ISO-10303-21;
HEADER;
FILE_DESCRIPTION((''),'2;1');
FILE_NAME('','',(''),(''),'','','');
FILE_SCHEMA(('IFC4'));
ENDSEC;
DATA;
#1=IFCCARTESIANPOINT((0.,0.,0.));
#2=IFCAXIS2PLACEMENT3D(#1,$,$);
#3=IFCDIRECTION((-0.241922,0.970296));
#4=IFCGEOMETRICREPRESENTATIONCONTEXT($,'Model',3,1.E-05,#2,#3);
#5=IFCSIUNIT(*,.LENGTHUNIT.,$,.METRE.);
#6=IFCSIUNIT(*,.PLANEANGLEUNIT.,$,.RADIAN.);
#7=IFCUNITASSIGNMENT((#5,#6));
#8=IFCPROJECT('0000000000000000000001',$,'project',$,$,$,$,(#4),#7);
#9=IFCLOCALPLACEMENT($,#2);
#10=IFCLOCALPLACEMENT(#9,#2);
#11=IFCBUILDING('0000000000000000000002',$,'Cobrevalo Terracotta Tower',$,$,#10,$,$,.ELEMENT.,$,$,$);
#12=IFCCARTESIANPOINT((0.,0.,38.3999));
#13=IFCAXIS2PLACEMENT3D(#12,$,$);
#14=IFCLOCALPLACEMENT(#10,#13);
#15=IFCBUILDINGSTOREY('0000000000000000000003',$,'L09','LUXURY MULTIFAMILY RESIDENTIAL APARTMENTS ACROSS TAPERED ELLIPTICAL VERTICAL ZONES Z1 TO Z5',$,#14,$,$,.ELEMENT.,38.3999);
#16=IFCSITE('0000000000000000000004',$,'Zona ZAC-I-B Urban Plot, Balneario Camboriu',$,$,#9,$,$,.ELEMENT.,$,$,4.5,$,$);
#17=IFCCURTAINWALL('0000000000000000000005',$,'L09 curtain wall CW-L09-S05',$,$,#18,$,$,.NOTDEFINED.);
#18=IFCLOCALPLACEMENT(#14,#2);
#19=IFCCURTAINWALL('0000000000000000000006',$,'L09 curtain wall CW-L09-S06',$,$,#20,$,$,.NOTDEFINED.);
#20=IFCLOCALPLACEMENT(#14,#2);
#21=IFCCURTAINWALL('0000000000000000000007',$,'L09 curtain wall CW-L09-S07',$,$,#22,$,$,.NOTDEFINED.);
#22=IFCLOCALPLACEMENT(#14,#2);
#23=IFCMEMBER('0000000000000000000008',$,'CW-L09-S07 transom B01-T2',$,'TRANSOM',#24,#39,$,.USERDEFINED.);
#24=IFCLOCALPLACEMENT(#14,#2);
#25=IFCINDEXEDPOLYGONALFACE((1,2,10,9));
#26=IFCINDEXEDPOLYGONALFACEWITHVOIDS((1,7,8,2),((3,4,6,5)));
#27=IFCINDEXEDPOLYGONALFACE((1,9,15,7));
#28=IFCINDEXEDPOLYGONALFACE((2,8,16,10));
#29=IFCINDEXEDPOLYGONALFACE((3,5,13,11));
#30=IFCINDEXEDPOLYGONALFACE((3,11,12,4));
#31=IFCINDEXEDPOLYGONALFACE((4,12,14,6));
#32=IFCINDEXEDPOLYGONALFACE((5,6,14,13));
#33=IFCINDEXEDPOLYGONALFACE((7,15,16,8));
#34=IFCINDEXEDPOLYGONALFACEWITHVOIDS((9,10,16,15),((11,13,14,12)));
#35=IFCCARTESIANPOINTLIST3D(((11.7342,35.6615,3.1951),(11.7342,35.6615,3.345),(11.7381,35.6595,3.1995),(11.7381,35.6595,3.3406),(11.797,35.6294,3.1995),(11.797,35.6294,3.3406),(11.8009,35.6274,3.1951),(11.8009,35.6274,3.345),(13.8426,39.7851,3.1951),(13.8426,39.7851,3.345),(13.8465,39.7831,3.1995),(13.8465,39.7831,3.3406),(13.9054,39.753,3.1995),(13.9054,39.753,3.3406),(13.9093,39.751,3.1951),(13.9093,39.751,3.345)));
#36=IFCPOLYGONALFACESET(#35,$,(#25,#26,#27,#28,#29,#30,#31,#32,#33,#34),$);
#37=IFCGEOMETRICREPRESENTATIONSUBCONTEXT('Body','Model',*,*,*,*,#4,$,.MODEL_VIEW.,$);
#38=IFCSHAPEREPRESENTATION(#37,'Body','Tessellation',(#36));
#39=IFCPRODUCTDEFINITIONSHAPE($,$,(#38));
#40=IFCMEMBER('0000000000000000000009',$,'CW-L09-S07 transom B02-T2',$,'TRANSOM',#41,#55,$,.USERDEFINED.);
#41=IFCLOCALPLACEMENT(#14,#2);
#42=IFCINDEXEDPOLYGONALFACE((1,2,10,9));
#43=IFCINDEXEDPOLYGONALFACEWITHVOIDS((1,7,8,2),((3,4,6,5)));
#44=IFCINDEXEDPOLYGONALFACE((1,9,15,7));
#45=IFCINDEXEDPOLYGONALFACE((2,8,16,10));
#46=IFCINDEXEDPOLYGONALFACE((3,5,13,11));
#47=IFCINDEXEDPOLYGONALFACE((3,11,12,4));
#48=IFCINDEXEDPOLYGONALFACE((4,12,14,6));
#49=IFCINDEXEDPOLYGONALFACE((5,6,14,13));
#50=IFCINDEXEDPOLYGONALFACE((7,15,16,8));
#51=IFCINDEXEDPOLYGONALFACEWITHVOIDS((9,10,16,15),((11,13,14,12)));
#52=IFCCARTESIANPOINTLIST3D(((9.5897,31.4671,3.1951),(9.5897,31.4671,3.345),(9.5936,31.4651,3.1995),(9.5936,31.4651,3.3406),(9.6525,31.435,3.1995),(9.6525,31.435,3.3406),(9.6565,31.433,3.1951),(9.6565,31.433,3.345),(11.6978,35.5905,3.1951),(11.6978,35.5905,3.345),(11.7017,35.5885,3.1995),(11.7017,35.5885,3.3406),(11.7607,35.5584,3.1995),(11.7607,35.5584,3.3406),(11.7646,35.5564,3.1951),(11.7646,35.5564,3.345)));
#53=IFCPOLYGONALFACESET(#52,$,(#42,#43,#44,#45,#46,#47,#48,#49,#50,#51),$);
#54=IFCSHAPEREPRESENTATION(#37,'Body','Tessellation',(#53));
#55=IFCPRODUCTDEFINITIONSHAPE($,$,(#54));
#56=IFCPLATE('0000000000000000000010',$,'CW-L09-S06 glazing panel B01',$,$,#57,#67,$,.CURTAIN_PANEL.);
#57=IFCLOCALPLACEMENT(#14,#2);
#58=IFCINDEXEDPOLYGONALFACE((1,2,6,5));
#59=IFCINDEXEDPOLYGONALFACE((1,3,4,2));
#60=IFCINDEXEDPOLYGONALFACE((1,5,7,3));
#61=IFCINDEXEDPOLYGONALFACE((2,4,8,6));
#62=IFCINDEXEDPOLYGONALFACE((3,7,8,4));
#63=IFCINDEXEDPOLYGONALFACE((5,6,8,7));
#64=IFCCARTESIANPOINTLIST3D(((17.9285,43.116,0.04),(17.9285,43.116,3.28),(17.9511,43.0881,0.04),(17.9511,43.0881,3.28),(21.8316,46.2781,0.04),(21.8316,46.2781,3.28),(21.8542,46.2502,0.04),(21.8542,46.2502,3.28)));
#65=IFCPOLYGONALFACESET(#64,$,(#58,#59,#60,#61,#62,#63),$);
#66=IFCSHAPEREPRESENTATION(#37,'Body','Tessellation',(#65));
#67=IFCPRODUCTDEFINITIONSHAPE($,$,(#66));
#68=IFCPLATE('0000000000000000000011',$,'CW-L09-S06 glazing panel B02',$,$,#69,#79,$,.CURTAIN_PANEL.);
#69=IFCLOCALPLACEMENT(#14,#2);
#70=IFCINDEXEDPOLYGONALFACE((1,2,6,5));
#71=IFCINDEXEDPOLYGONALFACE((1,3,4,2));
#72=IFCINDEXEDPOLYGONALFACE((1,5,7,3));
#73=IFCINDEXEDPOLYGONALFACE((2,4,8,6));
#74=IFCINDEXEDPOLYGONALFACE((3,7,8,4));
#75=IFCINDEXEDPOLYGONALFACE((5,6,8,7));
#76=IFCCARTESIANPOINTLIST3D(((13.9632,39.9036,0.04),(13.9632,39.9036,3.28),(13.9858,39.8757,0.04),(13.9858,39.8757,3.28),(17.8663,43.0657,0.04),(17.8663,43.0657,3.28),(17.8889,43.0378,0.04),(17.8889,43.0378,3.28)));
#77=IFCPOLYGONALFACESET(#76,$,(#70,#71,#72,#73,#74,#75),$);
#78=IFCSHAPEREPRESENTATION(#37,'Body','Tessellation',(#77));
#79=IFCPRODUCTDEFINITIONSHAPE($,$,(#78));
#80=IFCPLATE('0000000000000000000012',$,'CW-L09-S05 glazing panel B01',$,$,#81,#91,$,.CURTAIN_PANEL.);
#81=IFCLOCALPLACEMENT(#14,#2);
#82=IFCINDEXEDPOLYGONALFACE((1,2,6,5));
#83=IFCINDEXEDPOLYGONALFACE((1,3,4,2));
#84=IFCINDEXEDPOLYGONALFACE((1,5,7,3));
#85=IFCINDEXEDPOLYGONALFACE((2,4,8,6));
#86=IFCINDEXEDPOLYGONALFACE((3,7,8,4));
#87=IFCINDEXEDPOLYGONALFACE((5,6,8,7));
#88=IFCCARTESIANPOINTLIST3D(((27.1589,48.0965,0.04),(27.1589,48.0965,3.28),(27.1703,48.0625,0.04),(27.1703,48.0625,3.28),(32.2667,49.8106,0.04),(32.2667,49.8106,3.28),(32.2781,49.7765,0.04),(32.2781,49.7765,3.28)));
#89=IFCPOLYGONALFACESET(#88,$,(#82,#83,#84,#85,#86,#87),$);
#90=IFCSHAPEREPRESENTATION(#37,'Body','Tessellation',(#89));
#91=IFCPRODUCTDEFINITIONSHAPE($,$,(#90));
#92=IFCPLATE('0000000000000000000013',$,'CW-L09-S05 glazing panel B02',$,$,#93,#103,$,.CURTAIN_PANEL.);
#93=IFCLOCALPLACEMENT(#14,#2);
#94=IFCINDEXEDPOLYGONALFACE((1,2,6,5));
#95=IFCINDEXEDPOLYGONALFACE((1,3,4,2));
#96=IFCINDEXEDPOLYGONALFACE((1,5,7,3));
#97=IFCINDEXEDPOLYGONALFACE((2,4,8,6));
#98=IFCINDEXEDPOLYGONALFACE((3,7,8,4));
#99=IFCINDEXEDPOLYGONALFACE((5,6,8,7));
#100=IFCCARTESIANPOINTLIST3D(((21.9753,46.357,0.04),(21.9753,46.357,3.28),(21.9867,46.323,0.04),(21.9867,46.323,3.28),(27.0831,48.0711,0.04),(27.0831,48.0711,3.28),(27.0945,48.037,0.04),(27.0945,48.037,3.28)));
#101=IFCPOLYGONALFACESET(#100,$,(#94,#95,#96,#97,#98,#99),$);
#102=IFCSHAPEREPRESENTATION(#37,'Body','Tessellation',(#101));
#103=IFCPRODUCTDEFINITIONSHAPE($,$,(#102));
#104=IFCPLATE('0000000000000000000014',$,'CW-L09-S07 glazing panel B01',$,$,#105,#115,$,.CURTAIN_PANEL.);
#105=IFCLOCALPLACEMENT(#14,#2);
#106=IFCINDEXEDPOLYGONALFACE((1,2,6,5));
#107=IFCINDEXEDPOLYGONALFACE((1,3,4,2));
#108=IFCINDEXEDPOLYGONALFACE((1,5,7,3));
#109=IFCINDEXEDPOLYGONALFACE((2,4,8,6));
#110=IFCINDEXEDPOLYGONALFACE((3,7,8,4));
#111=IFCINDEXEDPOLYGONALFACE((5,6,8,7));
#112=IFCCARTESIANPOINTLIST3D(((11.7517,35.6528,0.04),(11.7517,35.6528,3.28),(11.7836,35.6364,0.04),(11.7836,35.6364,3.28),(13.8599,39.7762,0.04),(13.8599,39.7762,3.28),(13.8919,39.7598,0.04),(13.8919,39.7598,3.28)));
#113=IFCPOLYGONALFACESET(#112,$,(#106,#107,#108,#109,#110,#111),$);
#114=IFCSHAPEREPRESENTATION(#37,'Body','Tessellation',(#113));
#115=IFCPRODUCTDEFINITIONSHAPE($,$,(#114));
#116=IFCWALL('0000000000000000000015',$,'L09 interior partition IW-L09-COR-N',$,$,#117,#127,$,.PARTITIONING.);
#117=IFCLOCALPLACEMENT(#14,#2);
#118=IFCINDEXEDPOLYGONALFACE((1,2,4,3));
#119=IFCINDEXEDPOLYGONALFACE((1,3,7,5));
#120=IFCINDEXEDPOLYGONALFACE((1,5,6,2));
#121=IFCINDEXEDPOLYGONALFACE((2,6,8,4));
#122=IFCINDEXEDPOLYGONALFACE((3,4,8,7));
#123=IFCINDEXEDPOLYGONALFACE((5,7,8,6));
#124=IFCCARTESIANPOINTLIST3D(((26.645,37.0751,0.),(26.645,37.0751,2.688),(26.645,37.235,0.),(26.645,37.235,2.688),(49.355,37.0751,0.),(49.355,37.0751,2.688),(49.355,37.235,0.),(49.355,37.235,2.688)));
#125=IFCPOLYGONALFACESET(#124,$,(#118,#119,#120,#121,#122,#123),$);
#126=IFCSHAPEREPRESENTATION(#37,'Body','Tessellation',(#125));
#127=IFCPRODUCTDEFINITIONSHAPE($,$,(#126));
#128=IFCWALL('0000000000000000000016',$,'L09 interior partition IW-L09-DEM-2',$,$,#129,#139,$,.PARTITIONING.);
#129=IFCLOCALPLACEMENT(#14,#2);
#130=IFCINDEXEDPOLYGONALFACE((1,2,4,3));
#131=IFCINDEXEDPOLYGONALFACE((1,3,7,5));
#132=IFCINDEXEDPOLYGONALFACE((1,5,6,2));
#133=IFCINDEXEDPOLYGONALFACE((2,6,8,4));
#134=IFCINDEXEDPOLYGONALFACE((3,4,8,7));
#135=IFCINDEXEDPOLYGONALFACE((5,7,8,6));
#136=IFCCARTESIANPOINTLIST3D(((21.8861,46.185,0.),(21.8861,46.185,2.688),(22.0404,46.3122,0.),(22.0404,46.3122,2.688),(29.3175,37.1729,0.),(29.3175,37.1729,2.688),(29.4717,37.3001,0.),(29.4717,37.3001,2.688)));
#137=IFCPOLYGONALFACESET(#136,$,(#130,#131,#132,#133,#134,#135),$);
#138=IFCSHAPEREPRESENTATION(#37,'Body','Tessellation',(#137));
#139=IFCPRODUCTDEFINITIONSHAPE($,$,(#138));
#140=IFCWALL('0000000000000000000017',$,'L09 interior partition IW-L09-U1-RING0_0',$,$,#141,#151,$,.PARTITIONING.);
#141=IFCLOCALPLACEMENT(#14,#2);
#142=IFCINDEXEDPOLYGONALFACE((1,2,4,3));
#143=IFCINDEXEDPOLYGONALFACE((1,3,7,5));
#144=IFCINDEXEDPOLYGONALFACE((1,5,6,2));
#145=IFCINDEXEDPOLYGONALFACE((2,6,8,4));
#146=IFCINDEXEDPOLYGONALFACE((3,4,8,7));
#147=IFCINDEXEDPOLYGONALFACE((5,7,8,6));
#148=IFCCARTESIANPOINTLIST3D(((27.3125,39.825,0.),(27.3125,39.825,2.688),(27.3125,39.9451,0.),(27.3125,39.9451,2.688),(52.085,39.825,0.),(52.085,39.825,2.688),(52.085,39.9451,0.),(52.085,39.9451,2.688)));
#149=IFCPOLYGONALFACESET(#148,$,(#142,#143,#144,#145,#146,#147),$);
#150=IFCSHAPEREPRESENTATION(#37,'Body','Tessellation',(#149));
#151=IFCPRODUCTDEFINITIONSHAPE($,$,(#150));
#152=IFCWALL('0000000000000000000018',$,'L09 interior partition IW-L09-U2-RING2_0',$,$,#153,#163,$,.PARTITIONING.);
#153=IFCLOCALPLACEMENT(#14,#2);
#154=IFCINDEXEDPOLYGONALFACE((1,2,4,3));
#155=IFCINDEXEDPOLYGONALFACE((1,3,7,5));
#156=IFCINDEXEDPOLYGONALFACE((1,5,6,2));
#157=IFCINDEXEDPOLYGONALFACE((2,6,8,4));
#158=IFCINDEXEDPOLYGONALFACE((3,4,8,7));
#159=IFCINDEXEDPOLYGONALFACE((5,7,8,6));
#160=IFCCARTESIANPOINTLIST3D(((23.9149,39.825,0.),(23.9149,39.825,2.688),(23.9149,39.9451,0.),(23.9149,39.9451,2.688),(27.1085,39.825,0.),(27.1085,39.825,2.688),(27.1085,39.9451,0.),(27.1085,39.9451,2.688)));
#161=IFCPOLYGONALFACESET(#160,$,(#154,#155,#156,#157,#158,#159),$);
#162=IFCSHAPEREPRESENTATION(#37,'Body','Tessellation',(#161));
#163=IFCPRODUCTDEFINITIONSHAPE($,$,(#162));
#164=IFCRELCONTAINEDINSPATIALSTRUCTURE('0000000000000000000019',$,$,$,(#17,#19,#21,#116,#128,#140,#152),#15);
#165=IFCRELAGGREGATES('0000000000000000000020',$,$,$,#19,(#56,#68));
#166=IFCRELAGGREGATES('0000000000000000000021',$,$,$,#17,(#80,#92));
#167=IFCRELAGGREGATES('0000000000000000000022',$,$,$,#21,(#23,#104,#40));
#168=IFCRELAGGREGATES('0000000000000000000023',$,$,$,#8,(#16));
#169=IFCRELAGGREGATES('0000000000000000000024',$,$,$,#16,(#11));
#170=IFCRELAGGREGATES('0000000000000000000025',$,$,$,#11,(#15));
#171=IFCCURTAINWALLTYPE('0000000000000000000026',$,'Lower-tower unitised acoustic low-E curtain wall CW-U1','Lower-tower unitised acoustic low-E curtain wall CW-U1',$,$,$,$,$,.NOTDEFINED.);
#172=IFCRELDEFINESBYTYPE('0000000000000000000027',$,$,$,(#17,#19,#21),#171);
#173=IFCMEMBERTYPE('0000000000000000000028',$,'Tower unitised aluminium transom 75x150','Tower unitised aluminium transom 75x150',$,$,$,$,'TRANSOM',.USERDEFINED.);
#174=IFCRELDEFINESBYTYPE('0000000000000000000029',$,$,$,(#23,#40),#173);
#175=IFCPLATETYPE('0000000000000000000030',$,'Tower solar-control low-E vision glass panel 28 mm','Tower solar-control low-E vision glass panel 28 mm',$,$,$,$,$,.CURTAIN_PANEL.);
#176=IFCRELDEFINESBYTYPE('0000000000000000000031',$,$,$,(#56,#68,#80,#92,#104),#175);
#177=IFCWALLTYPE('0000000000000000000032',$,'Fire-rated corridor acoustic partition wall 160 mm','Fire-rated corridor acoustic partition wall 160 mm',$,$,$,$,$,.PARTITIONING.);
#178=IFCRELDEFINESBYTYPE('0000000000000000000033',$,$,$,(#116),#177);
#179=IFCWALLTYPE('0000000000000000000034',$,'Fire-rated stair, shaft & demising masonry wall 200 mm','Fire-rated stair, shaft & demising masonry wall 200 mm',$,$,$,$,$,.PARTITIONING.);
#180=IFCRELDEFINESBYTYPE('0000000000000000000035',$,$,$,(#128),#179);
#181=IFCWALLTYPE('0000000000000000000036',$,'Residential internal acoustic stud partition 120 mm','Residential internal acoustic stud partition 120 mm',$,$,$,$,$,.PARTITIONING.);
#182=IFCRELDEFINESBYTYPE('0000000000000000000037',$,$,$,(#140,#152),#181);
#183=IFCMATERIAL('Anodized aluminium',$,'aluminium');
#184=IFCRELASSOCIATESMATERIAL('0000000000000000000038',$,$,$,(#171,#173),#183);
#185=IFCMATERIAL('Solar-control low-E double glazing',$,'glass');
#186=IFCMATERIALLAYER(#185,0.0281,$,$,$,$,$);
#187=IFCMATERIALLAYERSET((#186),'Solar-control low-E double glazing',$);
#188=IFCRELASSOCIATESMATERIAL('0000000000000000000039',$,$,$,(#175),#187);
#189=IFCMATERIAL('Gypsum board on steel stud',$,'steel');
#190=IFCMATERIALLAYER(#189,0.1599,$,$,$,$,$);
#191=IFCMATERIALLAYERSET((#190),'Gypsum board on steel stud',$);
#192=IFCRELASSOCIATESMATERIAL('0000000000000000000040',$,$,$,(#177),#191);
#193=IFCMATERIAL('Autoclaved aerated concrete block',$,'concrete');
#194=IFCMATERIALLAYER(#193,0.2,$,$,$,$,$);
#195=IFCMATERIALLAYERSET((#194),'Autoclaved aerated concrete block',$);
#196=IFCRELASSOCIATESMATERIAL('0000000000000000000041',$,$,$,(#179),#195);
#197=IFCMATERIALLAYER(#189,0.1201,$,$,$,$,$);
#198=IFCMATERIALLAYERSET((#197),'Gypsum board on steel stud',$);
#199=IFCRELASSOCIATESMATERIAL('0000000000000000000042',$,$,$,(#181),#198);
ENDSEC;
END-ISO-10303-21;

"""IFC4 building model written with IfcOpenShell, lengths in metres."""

from ifc_helpers import new_model, si_unit, direction, frame, frame_2d, origin, origin_2d, place, context, subcontext, project, spatial, rectangle, hollow_rectangle, extrude, source, transform, mapped, material, layer, layer_set, material_profile, profile_set, type_object, element, aggregate, save


model = new_model("IFC4")

# Units and contexts
model_context = context("Model", 3, precision=1e-05, world=origin(), true_north=direction((-0.241922, 0.970296)))
body_context = subcontext(model_context, "Body", "Model", "MODEL_VIEW")
ifc_project = project(units=[si_unit("LENGTHUNIT", "METRE"), si_unit("PLANEANGLEUNIT", "RADIAN")], contexts=[model_context])

# Site, building, storey
site_placement = place(None, origin())
site = spatial("IfcSite", under=ifc_project, at=site_placement, Name="Zona ZAC-I-B Urban Plot, Balneario Camboriu", CompositionType="ELEMENT", RefElevation=4.5)
building_placement = place(site_placement, origin())
building = spatial("IfcBuilding", under=site, at=building_placement, Name="Cobrevalo Terracotta Tower", CompositionType="ELEMENT")
storey_placement = place(building_placement, frame((0.0, 0.0, 38.3999)))
storey = spatial("IfcBuildingStorey", under=building, at=storey_placement, Name="L09", Description="LUXURY MULTIFAMILY RESIDENTIAL APARTMENTS ACROSS TAPERED ELLIPTICAL VERTICAL ZONES Z1 TO Z5", CompositionType="ELEMENT", Elevation=38.3999)

# Curtain walls
ifc_material_1 = material(Name="Anodized aluminium", Category="aluminium")
curtain_wall_type = type_object("IfcCurtainWallType", Name="Lower-tower unitised acoustic low-E curtain wall CW-U1", Description="Lower-tower unitised acoustic low-E curtain wall CW-U1", PredefinedType="NOTDEFINED", material=ifc_material_1)
curtain_wall_1_placement = place(storey_placement, origin())
curtain_wall_1 = element("IfcCurtainWall", 1, at=curtain_wall_1_placement, inside=storey, type_object=curtain_wall_type, Name="L09 curtain wall CW-L09-S05", PredefinedType="NOTDEFINED")
curtain_wall_2_placement = place(storey_placement, origin())
curtain_wall_2 = element("IfcCurtainWall", 2, at=curtain_wall_2_placement, inside=storey, type_object=curtain_wall_type, Name="L09 curtain wall CW-L09-S06", PredefinedType="NOTDEFINED")
curtain_wall_3_placement = place(storey_placement, origin())
curtain_wall_3 = element("IfcCurtainWall", 3, at=curtain_wall_3_placement, inside=storey, type_object=curtain_wall_type, Name="L09 curtain wall CW-L09-S07", PredefinedType="NOTDEFINED")

# Members
ifc_material_profile_1 = material_profile(ifc_material_1, hollow_rectangle(XDim=0.075, YDim=0.1499, WallThickness=0.0044, at=origin_2d()), Name="CWT 75x150")
ifc_profile_set_1 = profile_set([ifc_material_profile_1], Name="Anodized aluminium")
member_type_1 = type_object("IfcMemberType", Name="Tower unitised aluminium transom 75x150", Description="Tower unitised aluminium transom 75x150", ElementType="TRANSOM", PredefinedType="USERDEFINED", material=ifc_profile_set_1)
shared_shape_1 = source(origin(), body_context, "Body", "SweptSolid", [
    extrude(hollow_rectangle(XDim=0.075, YDim=0.1499, WallThickness=0.0044, at=origin_2d()), origin(), (0.0, 0.0, 1.0), 4.6313),
])
member_1_placement = place(storey_placement, frame((13.876, 39.7681, 3.27), z_axis=(-0.45525, -0.890363, 0.0), x_axis=(0.890363, -0.45525, 0.0)))
member_1 = element("IfcMember", 4, at=member_1_placement, type_object=member_type_1, Name="CW-L09-S07 transom B01-T2", ObjectType="TRANSOM", PredefinedType="USERDEFINED", context=body_context, shape_type="MappedRepresentation", body=[
    mapped(shared_shape_1, transform((0.0, 0.0, 0.0), scale=1.0)),
])
shared_shape_2 = source(origin(), body_context, "Body", "SweptSolid", [
    extrude(hollow_rectangle(XDim=0.075, YDim=0.1499, WallThickness=0.0044, at=origin_2d()), origin(), (0.0, 0.0, 1.0), 4.6311),
])
member_2_placement = place(storey_placement, frame((11.7312, 35.5735, 3.27), z_axis=(-0.455209, -0.890385, 0.0), x_axis=(0.890385, -0.455209, 0.0)))
member_2 = element("IfcMember", 5, at=member_2_placement, type_object=member_type_1, Name="CW-L09-S07 transom B02-T2", ObjectType="TRANSOM", PredefinedType="USERDEFINED", context=body_context, shape_type="MappedRepresentation", body=[
    mapped(shared_shape_2, transform((0.0, 0.0, 0.0), scale=1.0)),
])

# Plates
ifc_material_2 = material(Name="Solar-control low-E double glazing", Category="glass")
ifc_layer_1 = layer(ifc_material_2, 0.0281)
ifc_layer_set_1 = layer_set([ifc_layer_1], Name="Solar-control low-E double glazing")
plate_type = type_object("IfcPlateType", Name="Tower solar-control low-E vision glass panel 28 mm", Description="Tower solar-control low-E vision glass panel 28 mm", PredefinedType="CURTAIN_PANEL", material=ifc_layer_set_1)
shared_shape_3 = source(origin(), body_context, "Body", "SweptSolid", [
    extrude(rectangle(XDim=5.0232, YDim=0.0359, at=origin_2d()), origin(), (0.0, 0.0, 1.0), 3.24),
])
plate_1_placement = place(storey_placement, frame((19.8914, 44.6831, 0.04), z_axis=(0.0, 0.0, 1.0), x_axis=(-0.777008, -0.629491, 0.0)))
plate_1 = element("IfcPlate", 6, at=plate_1_placement, type_object=plate_type, Name="CW-L09-S06 glazing panel B01", PredefinedType="CURTAIN_PANEL", context=body_context, shape_type="MappedRepresentation", body=[
    mapped(shared_shape_3, transform((0.0, 0.0, 0.0), scale=1.0)),
])
plate_2_placement = place(storey_placement, frame((15.926, 41.4707, 0.04), z_axis=(0.0, 0.0, 1.0), x_axis=(-0.777008, -0.629491, 0.0)))
plate_2 = element("IfcPlate", 7, at=plate_2_placement, type_object=plate_type, Name="CW-L09-S06 glazing panel B02", PredefinedType="CURTAIN_PANEL", context=body_context, shape_type="MappedRepresentation", body=[
    mapped(shared_shape_3, transform((0.0, 0.0, 0.0), scale=1.0)),
])
aggregate(curtain_wall_2, [plate_1, plate_2])
shared_shape_4 = source(origin(), body_context, "Body", "SweptSolid", [
    extrude(rectangle(XDim=5.3877, YDim=0.0359, at=origin_2d()), origin(), (0.0, 0.0, 1.0), 3.24),
])
plate_3_placement = place(storey_placement, frame((29.7185, 48.9365, 0.04), z_axis=(0.0, 0.0, 1.0), x_axis=(-0.948044, -0.318139, 0.0)))
plate_3 = element("IfcPlate", 8, at=plate_3_placement, type_object=plate_type, Name="CW-L09-S05 glazing panel B01", PredefinedType="CURTAIN_PANEL", context=body_context, shape_type="MappedRepresentation", body=[
    mapped(shared_shape_4, transform((0.0, 0.0, 0.0), scale=1.0)),
])
plate_4_placement = place(storey_placement, frame((24.5349, 47.197, 0.04), z_axis=(0.0, 0.0, 1.0), x_axis=(-0.948044, -0.318139, 0.0)))
plate_4 = element("IfcPlate", 9, at=plate_4_placement, type_object=plate_type, Name="CW-L09-S05 glazing panel B02", PredefinedType="CURTAIN_PANEL", context=body_context, shape_type="MappedRepresentation", body=[
    mapped(shared_shape_4, transform((0.0, 0.0, 0.0), scale=1.0)),
])
aggregate(curtain_wall_1, [plate_3, plate_4])
shared_shape_5 = source(origin(), body_context, "Body", "SweptSolid", [
    extrude(rectangle(XDim=4.6311, YDim=0.0359, at=origin_2d()), origin(), (0.0, 0.0, 1.0), 3.24),
])
plate_5_placement = place(storey_placement, frame((12.8218, 37.7063, 0.04), z_axis=(0.0, 0.0, 1.0), x_axis=(-0.455231, -0.890373, 0.0)))
plate_5 = element("IfcPlate", 10, at=plate_5_placement, type_object=plate_type, Name="CW-L09-S07 glazing panel B01", PredefinedType="CURTAIN_PANEL", context=body_context, shape_type="MappedRepresentation", body=[
    mapped(shared_shape_5, transform((0.0, 0.0, 0.0), scale=1.0)),
])
aggregate(curtain_wall_3, [member_1, plate_5, member_2])

# Walls
ifc_material_3 = material(Name="Gypsum board on steel stud", Category="steel")
ifc_layer_2 = layer(ifc_material_3, 0.1599)
ifc_layer_set_2 = layer_set([ifc_layer_2], Name="Gypsum board on steel stud")
wall_type_1 = type_object("IfcWallType", Name="Fire-rated corridor acoustic partition wall 160 mm", Description="Fire-rated corridor acoustic partition wall 160 mm", PredefinedType="PARTITIONING", material=ifc_layer_set_2)
wall_1_placement = place(storey_placement, frame((26.645, 37.155, 0.0), z_axis=(0.0, 0.0, 1.0), x_axis=(1.0, 0.0, 0.0)))
element("IfcWall", 11, at=wall_1_placement, inside=storey, type_object=wall_type_1, Name="L09 interior partition IW-L09-COR-N", PredefinedType="PARTITIONING", context=body_context, shape_type="SweptSolid", body=[
    extrude(rectangle(XDim=22.71, YDim=0.1599, at=frame_2d((11.355, 0.0))), origin(), (0.0, 0.0, 1.0), 2.688),
])
ifc_material_4 = material(Name="Autoclaved aerated concrete block", Category="concrete")
ifc_layer_3 = layer(ifc_material_4, 0.2)
ifc_layer_set_3 = layer_set([ifc_layer_3], Name="Autoclaved aerated concrete block")
wall_type_2 = type_object("IfcWallType", Name="Fire-rated stair, shaft & demising masonry wall 200 mm", Description="Fire-rated stair, shaft & demising masonry wall 200 mm", PredefinedType="PARTITIONING", material=ifc_layer_set_3)
wall_2_placement = place(storey_placement, frame((29.3945, 37.2366, 0.0), z_axis=(0.0, 0.0, 1.0), x_axis=(-0.636196, 0.771528, 0.0)))
element("IfcWall", 12, at=wall_2_placement, inside=storey, type_object=wall_type_2, Name="L09 interior partition IW-L09-DEM-2", PredefinedType="PARTITIONING", context=body_context, shape_type="SweptSolid", body=[
    extrude(rectangle(XDim=11.6809, YDim=0.2, at=frame_2d((5.8403, 0.0))), origin(), (0.0, 0.0, 1.0), 2.688),
])
ifc_layer_4 = layer(ifc_material_3, 0.1201)
ifc_layer_set_4 = layer_set([ifc_layer_4], Name="Gypsum board on steel stud")
wall_type_3 = type_object("IfcWallType", Name="Residential internal acoustic stud partition 120 mm", Description="Residential internal acoustic stud partition 120 mm", PredefinedType="PARTITIONING", material=ifc_layer_set_4)
wall_3_placement = place(storey_placement, frame((27.3125, 39.885, 0.0), z_axis=(0.0, 0.0, 1.0), x_axis=(1.0, 0.0, 0.0)))
element("IfcWall", 13, at=wall_3_placement, inside=storey, type_object=wall_type_3, Name="L09 interior partition IW-L09-U1-RING0_0", PredefinedType="PARTITIONING", context=body_context, shape_type="SweptSolid", body=[
    extrude(rectangle(XDim=24.7725, YDim=0.1201, at=frame_2d((12.3862, 0.0))), origin(), (0.0, 0.0, 1.0), 2.688),
])
wall_4_placement = place(storey_placement, frame((23.915, 39.885, 0.0), z_axis=(0.0, 0.0, 1.0), x_axis=(1.0, 0.0, 0.0)))
element("IfcWall", 14, at=wall_4_placement, inside=storey, type_object=wall_type_3, Name="L09 interior partition IW-L09-U2-RING2_0", PredefinedType="PARTITIONING", context=body_context, shape_type="SweptSolid", body=[
    extrude(rectangle(XDim=3.1936, YDim=0.1201, at=frame_2d((1.5967, 0.0))), origin(), (0.0, 0.0, 1.0), 2.688),
])

save(model, "model.ifc")
